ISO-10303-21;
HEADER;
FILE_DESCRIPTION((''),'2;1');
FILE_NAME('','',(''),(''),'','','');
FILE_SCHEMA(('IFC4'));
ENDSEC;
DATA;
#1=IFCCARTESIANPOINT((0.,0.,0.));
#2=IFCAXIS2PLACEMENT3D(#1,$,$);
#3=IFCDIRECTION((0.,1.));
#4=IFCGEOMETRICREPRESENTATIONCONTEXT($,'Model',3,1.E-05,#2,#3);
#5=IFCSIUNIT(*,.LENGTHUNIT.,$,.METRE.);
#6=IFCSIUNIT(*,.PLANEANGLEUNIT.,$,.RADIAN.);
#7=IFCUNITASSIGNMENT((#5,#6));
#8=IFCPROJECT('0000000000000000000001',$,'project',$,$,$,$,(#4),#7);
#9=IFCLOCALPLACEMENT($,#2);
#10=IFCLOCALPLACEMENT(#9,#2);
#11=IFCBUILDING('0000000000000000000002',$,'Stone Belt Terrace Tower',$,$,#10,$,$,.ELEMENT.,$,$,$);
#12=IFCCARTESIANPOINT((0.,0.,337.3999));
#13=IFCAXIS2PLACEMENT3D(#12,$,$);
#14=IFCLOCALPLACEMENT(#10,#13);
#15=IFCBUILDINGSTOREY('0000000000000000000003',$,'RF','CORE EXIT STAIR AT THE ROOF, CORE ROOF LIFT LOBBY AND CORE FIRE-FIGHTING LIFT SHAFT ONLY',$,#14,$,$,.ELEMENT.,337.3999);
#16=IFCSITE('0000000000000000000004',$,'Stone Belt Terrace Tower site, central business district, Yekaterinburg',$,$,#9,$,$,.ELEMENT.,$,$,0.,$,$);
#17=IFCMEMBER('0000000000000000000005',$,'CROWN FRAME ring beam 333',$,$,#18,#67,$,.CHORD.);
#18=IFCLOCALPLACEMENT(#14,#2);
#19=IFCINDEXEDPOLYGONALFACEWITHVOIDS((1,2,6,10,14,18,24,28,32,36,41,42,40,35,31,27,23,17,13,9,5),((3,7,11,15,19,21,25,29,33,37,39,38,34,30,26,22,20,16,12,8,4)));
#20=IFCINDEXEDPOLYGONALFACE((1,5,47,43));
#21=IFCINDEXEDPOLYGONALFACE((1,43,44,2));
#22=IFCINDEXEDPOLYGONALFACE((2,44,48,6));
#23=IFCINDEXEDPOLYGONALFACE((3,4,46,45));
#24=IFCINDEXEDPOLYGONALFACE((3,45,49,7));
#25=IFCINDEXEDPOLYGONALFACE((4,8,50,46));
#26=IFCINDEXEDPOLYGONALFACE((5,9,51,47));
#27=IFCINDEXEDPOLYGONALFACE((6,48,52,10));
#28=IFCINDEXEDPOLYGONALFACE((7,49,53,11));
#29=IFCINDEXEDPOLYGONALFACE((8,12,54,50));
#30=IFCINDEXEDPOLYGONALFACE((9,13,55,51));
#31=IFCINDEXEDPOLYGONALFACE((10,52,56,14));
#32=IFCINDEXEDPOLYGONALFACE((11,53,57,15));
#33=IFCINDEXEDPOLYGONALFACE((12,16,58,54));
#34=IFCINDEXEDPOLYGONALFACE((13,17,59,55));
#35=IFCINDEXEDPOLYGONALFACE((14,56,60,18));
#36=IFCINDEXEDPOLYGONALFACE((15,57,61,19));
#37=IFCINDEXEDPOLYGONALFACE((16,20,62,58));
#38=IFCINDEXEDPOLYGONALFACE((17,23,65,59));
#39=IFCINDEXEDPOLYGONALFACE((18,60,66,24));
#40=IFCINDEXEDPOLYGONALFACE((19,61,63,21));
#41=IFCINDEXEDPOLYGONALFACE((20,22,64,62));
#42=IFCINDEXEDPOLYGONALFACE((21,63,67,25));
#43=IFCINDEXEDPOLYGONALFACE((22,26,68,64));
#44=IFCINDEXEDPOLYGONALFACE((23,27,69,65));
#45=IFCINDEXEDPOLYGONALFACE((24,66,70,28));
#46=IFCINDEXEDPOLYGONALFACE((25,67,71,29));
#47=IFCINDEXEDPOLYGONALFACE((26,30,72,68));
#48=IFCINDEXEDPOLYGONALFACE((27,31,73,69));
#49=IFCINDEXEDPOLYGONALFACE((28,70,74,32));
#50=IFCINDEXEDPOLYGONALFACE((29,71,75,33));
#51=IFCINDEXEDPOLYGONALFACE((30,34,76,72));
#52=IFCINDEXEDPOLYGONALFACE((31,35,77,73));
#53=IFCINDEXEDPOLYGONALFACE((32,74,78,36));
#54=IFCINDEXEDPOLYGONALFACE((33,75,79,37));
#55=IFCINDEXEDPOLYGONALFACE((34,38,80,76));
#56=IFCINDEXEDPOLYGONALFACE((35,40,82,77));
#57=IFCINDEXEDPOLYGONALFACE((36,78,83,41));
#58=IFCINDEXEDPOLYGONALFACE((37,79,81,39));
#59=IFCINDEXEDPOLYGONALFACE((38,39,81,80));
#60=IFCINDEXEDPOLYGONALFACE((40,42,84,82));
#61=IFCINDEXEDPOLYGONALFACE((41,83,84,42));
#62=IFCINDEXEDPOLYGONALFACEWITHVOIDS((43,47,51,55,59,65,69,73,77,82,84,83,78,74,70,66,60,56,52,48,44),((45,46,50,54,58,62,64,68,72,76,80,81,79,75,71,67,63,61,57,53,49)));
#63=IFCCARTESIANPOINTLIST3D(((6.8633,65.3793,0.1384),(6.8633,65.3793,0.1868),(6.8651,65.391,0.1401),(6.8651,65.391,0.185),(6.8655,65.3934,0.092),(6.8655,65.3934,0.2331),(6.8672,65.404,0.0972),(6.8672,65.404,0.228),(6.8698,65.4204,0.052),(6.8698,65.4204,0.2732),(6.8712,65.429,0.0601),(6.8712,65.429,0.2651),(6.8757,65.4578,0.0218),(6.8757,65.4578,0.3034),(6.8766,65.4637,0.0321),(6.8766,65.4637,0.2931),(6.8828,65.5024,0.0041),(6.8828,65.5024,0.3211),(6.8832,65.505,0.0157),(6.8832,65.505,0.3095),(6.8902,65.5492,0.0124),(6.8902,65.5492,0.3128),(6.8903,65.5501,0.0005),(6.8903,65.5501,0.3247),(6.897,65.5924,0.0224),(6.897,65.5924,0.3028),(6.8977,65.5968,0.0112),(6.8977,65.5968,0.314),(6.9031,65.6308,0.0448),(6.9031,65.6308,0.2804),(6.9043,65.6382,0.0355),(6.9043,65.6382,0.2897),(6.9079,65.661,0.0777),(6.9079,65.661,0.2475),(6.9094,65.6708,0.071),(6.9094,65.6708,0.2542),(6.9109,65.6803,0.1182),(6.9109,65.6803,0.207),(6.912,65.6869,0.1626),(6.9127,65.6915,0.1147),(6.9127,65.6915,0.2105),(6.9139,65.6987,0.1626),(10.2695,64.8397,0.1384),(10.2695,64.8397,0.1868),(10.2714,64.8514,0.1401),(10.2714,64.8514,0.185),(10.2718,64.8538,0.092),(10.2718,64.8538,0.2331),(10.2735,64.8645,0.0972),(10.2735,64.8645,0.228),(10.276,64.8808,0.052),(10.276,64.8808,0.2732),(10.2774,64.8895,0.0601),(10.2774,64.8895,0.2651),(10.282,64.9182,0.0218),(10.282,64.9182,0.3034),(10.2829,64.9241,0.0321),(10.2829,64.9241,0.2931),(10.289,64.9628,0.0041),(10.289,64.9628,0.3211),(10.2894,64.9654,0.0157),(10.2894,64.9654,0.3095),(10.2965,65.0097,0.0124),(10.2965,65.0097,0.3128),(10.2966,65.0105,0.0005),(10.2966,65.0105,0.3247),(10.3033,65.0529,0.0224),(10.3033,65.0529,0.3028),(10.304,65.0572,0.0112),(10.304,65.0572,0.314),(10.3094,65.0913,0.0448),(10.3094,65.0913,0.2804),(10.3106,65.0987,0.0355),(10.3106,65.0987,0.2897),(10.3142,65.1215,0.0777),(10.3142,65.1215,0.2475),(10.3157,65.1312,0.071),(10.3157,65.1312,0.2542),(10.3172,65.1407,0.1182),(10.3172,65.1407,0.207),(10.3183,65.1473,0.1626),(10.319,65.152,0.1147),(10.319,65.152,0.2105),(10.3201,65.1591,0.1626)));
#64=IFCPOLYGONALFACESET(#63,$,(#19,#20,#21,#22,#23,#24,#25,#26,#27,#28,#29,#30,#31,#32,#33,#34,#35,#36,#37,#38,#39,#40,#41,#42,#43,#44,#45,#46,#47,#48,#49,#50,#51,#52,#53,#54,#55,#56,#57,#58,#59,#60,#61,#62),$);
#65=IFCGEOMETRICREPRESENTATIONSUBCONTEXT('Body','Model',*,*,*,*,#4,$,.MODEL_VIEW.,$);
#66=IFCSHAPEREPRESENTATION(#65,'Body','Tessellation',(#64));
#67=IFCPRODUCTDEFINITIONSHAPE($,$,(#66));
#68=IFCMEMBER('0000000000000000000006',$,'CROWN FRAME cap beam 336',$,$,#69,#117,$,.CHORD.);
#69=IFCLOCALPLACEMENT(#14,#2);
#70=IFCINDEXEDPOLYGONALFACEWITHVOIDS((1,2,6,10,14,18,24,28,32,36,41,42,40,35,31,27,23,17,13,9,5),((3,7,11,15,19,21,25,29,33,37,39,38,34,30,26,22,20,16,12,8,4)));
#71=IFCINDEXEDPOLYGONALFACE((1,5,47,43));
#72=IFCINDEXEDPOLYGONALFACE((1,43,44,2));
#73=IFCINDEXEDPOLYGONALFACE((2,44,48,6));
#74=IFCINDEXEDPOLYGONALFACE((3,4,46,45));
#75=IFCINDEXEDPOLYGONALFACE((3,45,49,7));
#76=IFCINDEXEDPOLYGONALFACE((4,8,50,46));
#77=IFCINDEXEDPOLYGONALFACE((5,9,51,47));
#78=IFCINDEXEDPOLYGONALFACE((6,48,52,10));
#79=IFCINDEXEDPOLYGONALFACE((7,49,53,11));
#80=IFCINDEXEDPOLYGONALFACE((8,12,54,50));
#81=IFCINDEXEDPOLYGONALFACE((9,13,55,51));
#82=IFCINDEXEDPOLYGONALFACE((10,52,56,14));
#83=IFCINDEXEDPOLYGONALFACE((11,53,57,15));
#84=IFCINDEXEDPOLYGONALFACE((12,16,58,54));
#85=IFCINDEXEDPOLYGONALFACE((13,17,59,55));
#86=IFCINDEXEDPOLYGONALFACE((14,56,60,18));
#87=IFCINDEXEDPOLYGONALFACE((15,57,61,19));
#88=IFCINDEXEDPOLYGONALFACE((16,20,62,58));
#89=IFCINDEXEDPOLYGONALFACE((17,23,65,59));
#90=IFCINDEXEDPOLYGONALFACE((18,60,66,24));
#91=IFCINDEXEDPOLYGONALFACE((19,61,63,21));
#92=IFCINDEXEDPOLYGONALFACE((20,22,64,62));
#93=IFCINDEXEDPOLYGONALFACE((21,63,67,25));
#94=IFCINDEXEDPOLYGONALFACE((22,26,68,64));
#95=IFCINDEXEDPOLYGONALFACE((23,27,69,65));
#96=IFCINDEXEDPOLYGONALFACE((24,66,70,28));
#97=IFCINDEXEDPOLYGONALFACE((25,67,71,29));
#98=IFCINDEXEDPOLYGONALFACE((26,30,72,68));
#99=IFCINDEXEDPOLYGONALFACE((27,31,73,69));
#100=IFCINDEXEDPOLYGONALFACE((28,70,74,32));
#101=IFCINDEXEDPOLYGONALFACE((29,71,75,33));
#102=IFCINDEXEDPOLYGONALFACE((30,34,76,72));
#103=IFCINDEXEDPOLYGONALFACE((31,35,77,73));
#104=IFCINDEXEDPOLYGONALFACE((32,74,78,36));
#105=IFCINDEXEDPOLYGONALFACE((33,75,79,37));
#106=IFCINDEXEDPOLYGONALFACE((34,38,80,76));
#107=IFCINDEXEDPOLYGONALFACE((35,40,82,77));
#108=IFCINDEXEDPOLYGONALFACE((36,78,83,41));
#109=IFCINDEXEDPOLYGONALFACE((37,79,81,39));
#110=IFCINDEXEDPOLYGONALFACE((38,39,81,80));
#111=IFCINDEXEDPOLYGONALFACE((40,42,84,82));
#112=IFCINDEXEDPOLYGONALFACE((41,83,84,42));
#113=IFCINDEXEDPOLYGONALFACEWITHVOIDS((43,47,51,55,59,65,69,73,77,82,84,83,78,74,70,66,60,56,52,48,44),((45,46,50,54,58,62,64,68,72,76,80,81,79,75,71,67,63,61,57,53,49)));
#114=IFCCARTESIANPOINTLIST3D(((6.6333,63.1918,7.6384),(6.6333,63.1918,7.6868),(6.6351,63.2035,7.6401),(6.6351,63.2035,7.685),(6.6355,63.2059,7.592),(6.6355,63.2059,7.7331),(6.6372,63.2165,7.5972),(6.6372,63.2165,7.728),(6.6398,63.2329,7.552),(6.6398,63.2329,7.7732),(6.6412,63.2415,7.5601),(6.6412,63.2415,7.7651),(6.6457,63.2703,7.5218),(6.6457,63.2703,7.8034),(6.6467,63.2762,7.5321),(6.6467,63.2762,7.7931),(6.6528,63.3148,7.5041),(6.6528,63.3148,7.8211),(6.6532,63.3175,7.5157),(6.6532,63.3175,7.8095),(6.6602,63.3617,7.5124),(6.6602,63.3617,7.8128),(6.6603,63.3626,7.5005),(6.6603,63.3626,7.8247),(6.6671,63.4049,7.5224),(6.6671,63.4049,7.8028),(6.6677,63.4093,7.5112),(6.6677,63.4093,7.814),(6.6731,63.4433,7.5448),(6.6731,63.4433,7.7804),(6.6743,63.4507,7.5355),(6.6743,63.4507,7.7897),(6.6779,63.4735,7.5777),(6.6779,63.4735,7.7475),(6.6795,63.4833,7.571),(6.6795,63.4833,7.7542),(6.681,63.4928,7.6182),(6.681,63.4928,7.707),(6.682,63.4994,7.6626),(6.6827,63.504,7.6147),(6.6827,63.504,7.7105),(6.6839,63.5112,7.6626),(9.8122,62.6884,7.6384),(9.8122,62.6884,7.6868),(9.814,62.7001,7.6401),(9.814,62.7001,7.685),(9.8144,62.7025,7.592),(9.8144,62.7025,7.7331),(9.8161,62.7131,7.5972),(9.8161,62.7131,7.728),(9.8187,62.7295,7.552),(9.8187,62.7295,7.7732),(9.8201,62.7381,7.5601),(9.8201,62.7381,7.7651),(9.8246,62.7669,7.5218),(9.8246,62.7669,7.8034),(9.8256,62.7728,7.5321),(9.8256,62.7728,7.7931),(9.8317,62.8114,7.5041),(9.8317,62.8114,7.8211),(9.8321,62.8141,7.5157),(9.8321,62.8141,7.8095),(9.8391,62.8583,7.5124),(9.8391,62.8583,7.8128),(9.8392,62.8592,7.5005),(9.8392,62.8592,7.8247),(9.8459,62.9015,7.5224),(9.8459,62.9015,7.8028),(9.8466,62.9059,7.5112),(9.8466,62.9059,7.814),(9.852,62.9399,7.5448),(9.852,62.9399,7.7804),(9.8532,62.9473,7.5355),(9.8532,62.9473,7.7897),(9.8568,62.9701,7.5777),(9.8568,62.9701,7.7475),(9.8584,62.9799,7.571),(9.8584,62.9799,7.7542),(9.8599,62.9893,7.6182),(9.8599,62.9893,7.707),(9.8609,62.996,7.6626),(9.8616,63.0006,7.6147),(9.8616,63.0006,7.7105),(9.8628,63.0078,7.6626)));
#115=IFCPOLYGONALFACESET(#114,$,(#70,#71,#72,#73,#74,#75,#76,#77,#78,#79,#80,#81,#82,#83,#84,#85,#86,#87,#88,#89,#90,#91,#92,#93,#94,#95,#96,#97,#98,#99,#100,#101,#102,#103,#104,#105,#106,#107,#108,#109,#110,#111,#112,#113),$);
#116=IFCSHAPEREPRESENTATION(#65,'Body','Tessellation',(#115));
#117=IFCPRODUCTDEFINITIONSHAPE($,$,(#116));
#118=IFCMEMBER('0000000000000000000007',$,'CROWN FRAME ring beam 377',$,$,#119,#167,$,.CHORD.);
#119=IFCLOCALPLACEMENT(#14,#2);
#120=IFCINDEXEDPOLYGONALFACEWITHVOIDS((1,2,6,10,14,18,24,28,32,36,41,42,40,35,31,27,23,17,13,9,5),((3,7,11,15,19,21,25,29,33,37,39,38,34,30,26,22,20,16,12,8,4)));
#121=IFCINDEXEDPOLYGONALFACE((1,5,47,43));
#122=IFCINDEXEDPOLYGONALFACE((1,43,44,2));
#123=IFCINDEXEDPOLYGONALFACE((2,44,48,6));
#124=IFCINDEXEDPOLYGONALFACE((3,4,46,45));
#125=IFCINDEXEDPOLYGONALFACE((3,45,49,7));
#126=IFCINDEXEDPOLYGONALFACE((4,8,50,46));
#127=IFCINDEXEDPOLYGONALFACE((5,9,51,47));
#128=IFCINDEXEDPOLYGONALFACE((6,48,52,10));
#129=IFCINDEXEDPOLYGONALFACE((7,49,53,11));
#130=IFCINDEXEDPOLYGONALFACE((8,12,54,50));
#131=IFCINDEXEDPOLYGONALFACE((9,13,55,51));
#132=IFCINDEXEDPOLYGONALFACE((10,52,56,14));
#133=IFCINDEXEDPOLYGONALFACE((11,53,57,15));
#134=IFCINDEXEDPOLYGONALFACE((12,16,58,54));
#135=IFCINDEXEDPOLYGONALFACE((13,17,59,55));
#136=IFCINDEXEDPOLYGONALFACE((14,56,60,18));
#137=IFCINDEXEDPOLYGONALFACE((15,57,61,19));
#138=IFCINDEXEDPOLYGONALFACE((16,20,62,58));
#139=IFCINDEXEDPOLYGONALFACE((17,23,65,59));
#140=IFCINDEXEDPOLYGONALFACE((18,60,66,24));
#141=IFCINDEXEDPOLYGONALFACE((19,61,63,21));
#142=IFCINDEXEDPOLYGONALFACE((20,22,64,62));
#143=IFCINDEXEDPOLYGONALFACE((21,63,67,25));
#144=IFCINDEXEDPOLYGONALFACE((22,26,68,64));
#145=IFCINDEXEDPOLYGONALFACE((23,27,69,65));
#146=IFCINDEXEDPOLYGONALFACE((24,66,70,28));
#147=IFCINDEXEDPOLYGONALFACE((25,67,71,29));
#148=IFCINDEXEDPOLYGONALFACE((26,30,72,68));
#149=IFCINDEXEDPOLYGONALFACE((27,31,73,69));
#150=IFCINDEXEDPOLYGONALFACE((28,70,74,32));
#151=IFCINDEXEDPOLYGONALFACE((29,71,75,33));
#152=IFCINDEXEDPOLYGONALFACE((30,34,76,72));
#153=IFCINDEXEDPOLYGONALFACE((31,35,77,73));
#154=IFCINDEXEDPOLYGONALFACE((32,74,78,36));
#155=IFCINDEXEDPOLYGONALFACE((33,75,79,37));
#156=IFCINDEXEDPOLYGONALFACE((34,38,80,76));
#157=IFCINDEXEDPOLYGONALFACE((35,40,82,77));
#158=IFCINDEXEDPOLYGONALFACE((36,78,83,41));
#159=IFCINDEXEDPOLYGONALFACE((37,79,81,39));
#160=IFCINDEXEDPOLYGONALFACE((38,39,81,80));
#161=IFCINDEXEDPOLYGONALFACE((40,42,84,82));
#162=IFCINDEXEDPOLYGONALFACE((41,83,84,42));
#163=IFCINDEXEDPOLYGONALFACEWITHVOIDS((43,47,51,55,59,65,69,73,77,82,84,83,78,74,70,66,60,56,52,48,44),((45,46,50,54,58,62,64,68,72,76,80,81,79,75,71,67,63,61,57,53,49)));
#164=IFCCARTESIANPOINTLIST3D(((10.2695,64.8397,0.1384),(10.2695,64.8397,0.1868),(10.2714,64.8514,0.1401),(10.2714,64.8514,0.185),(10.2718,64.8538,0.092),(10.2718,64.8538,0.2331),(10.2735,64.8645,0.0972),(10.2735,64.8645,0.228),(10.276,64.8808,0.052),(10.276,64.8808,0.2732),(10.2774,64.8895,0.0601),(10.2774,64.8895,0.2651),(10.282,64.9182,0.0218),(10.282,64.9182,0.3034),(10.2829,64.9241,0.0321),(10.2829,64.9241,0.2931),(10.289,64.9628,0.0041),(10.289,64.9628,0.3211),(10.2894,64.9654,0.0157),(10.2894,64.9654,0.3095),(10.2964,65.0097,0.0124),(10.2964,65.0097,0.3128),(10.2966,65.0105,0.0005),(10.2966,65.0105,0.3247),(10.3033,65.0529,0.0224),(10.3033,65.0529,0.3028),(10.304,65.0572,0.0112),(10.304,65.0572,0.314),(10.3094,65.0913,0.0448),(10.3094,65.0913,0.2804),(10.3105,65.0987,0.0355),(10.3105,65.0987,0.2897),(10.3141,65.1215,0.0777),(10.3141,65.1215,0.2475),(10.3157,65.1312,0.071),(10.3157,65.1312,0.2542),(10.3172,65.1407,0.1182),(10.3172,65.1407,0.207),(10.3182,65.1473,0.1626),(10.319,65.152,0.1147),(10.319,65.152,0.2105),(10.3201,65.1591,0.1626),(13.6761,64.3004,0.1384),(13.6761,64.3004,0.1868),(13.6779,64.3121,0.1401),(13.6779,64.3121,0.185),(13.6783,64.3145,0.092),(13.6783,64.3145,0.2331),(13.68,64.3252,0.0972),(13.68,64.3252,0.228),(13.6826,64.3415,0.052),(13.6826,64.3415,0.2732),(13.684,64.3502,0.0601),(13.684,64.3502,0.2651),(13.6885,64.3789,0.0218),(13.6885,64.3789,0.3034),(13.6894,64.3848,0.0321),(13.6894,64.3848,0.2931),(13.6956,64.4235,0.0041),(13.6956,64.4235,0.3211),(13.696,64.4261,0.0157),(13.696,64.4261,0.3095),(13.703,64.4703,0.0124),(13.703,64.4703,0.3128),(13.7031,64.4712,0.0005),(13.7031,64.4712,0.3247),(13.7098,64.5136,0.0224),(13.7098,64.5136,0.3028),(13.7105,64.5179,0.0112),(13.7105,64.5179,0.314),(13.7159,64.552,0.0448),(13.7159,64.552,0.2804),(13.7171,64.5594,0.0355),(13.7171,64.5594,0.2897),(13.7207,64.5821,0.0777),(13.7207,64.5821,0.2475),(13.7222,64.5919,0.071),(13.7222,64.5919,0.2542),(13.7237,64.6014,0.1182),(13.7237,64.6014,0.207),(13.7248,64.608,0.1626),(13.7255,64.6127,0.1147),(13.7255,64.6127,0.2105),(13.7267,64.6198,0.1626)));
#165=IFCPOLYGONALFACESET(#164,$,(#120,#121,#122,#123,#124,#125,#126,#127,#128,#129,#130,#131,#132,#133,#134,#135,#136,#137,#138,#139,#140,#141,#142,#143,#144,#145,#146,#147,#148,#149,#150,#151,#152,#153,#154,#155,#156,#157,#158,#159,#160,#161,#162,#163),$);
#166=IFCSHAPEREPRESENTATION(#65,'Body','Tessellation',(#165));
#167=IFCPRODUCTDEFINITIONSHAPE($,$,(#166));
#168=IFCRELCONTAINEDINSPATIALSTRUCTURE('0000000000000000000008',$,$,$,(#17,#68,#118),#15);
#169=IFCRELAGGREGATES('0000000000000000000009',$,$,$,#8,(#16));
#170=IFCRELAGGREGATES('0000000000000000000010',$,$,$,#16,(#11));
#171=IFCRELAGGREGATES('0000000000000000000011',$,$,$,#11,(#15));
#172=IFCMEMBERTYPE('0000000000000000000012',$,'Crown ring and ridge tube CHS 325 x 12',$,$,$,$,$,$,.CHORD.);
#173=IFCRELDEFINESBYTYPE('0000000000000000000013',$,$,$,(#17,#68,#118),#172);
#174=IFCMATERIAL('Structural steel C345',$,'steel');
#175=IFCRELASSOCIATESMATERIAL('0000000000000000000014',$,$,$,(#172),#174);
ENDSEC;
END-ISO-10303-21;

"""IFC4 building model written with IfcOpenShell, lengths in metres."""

from ifc_helpers import new_model, si_unit, direction, frame, origin, origin_2d, place, context, subcontext, project, spatial, hollow_circle, extrude, material, material_profile, profile_set, type_object, element, save


model = new_model("IFC4")

# Units and contexts
model_context = context("Model", 3, precision=1e-05, world=origin(), true_north=direction((0.0, 1.0)))
body_context = subcontext(model_context, "Body", "Model", "MODEL_VIEW")
ifc_project = project(units=[si_unit("LENGTHUNIT", "METRE"), si_unit("PLANEANGLEUNIT", "RADIAN")], contexts=[model_context])

# Site, building, storey
site_placement = place(None, origin())
site = spatial("IfcSite", under=ifc_project, at=site_placement, Name="Stone Belt Terrace Tower site, central business district, Yekaterinburg", CompositionType="ELEMENT", RefElevation=0.0)
building_placement = place(site_placement, origin())
building = spatial("IfcBuilding", under=site, at=building_placement, Name="Stone Belt Terrace Tower", CompositionType="ELEMENT")
storey_placement = place(building_placement, frame((0.0, 0.0, 337.3999)))
storey = spatial("IfcBuildingStorey", under=building, at=storey_placement, Name="RF", Description="CORE EXIT STAIR AT THE ROOF, CORE ROOF LIFT LOBBY AND CORE FIRE-FIGHTING LIFT SHAFT ONLY", CompositionType="ELEMENT", Elevation=337.3999)

# Members
ifc_material_1 = material(Name="Structural steel C345", Category="steel")
ifc_material_profile_1 = material_profile(ifc_material_1, hollow_circle(Radius=0.1626, WallThickness=0.012, at=origin_2d()), Name="Structural steel C345 CHS 325x12")
ifc_profile_set_1 = profile_set([ifc_material_profile_1], Name="Structural steel C345")
member_type_1 = type_object("IfcMemberType", Name="Crown ring and ridge tube CHS 325 x 12", PredefinedType="CHORD", material=ifc_profile_set_1)
for number, where, z_axis, x_axis, name in (
    (1, (6.8884, 65.5381, 0.1626), (0.987686, -0.15645, 0.0), (0.15645, 0.987686, 0.0), "CROWN FRAME ring beam 333"),
):
    element("IfcMember", number, at=place(storey_placement, frame(where, z_axis=z_axis, x_axis=x_axis)), inside=storey, type_object=member_type_1, Name=name, PredefinedType="CHORD", context=body_context, shape_type="SweptSolid", body=[
        extrude(hollow_circle(Radius=0.1626, WallThickness=0.012, at=origin_2d()), origin(), (0.0, 0.0, 1.0), 3.4487),
    ])
member_1_placement = place(storey_placement, frame((6.6584, 63.3506, 7.6626), z_axis=(0.987692, -0.156411, 0.0), x_axis=(0.156411, 0.987692, 0.0)))
element("IfcMember", 2, at=member_1_placement, inside=storey, type_object=member_type_1, Name="CROWN FRAME cap beam 336", PredefinedType="CHORD", context=body_context, shape_type="SweptSolid", body=[
    extrude(hollow_circle(Radius=0.1626, WallThickness=0.012, at=origin_2d()), origin(), (0.0, 0.0, 1.0), 3.2185),
])
for number, where, z_axis, x_axis, name in (
    (3, (10.2947, 64.9985, 0.1626), (0.987699, -0.15637, 0.0), (0.15637, 0.987699, 0.0), "CROWN FRAME ring beam 377"),
):
    element("IfcMember", number, at=place(storey_placement, frame(where, z_axis=z_axis, x_axis=x_axis)), inside=storey, type_object=member_type_1, Name=name, PredefinedType="CHORD", context=body_context, shape_type="SweptSolid", body=[
        extrude(hollow_circle(Radius=0.1626, WallThickness=0.012, at=origin_2d()), origin(), (0.0, 0.0, 1.0), 3.449),
    ])

save(model, "model.ifc")
